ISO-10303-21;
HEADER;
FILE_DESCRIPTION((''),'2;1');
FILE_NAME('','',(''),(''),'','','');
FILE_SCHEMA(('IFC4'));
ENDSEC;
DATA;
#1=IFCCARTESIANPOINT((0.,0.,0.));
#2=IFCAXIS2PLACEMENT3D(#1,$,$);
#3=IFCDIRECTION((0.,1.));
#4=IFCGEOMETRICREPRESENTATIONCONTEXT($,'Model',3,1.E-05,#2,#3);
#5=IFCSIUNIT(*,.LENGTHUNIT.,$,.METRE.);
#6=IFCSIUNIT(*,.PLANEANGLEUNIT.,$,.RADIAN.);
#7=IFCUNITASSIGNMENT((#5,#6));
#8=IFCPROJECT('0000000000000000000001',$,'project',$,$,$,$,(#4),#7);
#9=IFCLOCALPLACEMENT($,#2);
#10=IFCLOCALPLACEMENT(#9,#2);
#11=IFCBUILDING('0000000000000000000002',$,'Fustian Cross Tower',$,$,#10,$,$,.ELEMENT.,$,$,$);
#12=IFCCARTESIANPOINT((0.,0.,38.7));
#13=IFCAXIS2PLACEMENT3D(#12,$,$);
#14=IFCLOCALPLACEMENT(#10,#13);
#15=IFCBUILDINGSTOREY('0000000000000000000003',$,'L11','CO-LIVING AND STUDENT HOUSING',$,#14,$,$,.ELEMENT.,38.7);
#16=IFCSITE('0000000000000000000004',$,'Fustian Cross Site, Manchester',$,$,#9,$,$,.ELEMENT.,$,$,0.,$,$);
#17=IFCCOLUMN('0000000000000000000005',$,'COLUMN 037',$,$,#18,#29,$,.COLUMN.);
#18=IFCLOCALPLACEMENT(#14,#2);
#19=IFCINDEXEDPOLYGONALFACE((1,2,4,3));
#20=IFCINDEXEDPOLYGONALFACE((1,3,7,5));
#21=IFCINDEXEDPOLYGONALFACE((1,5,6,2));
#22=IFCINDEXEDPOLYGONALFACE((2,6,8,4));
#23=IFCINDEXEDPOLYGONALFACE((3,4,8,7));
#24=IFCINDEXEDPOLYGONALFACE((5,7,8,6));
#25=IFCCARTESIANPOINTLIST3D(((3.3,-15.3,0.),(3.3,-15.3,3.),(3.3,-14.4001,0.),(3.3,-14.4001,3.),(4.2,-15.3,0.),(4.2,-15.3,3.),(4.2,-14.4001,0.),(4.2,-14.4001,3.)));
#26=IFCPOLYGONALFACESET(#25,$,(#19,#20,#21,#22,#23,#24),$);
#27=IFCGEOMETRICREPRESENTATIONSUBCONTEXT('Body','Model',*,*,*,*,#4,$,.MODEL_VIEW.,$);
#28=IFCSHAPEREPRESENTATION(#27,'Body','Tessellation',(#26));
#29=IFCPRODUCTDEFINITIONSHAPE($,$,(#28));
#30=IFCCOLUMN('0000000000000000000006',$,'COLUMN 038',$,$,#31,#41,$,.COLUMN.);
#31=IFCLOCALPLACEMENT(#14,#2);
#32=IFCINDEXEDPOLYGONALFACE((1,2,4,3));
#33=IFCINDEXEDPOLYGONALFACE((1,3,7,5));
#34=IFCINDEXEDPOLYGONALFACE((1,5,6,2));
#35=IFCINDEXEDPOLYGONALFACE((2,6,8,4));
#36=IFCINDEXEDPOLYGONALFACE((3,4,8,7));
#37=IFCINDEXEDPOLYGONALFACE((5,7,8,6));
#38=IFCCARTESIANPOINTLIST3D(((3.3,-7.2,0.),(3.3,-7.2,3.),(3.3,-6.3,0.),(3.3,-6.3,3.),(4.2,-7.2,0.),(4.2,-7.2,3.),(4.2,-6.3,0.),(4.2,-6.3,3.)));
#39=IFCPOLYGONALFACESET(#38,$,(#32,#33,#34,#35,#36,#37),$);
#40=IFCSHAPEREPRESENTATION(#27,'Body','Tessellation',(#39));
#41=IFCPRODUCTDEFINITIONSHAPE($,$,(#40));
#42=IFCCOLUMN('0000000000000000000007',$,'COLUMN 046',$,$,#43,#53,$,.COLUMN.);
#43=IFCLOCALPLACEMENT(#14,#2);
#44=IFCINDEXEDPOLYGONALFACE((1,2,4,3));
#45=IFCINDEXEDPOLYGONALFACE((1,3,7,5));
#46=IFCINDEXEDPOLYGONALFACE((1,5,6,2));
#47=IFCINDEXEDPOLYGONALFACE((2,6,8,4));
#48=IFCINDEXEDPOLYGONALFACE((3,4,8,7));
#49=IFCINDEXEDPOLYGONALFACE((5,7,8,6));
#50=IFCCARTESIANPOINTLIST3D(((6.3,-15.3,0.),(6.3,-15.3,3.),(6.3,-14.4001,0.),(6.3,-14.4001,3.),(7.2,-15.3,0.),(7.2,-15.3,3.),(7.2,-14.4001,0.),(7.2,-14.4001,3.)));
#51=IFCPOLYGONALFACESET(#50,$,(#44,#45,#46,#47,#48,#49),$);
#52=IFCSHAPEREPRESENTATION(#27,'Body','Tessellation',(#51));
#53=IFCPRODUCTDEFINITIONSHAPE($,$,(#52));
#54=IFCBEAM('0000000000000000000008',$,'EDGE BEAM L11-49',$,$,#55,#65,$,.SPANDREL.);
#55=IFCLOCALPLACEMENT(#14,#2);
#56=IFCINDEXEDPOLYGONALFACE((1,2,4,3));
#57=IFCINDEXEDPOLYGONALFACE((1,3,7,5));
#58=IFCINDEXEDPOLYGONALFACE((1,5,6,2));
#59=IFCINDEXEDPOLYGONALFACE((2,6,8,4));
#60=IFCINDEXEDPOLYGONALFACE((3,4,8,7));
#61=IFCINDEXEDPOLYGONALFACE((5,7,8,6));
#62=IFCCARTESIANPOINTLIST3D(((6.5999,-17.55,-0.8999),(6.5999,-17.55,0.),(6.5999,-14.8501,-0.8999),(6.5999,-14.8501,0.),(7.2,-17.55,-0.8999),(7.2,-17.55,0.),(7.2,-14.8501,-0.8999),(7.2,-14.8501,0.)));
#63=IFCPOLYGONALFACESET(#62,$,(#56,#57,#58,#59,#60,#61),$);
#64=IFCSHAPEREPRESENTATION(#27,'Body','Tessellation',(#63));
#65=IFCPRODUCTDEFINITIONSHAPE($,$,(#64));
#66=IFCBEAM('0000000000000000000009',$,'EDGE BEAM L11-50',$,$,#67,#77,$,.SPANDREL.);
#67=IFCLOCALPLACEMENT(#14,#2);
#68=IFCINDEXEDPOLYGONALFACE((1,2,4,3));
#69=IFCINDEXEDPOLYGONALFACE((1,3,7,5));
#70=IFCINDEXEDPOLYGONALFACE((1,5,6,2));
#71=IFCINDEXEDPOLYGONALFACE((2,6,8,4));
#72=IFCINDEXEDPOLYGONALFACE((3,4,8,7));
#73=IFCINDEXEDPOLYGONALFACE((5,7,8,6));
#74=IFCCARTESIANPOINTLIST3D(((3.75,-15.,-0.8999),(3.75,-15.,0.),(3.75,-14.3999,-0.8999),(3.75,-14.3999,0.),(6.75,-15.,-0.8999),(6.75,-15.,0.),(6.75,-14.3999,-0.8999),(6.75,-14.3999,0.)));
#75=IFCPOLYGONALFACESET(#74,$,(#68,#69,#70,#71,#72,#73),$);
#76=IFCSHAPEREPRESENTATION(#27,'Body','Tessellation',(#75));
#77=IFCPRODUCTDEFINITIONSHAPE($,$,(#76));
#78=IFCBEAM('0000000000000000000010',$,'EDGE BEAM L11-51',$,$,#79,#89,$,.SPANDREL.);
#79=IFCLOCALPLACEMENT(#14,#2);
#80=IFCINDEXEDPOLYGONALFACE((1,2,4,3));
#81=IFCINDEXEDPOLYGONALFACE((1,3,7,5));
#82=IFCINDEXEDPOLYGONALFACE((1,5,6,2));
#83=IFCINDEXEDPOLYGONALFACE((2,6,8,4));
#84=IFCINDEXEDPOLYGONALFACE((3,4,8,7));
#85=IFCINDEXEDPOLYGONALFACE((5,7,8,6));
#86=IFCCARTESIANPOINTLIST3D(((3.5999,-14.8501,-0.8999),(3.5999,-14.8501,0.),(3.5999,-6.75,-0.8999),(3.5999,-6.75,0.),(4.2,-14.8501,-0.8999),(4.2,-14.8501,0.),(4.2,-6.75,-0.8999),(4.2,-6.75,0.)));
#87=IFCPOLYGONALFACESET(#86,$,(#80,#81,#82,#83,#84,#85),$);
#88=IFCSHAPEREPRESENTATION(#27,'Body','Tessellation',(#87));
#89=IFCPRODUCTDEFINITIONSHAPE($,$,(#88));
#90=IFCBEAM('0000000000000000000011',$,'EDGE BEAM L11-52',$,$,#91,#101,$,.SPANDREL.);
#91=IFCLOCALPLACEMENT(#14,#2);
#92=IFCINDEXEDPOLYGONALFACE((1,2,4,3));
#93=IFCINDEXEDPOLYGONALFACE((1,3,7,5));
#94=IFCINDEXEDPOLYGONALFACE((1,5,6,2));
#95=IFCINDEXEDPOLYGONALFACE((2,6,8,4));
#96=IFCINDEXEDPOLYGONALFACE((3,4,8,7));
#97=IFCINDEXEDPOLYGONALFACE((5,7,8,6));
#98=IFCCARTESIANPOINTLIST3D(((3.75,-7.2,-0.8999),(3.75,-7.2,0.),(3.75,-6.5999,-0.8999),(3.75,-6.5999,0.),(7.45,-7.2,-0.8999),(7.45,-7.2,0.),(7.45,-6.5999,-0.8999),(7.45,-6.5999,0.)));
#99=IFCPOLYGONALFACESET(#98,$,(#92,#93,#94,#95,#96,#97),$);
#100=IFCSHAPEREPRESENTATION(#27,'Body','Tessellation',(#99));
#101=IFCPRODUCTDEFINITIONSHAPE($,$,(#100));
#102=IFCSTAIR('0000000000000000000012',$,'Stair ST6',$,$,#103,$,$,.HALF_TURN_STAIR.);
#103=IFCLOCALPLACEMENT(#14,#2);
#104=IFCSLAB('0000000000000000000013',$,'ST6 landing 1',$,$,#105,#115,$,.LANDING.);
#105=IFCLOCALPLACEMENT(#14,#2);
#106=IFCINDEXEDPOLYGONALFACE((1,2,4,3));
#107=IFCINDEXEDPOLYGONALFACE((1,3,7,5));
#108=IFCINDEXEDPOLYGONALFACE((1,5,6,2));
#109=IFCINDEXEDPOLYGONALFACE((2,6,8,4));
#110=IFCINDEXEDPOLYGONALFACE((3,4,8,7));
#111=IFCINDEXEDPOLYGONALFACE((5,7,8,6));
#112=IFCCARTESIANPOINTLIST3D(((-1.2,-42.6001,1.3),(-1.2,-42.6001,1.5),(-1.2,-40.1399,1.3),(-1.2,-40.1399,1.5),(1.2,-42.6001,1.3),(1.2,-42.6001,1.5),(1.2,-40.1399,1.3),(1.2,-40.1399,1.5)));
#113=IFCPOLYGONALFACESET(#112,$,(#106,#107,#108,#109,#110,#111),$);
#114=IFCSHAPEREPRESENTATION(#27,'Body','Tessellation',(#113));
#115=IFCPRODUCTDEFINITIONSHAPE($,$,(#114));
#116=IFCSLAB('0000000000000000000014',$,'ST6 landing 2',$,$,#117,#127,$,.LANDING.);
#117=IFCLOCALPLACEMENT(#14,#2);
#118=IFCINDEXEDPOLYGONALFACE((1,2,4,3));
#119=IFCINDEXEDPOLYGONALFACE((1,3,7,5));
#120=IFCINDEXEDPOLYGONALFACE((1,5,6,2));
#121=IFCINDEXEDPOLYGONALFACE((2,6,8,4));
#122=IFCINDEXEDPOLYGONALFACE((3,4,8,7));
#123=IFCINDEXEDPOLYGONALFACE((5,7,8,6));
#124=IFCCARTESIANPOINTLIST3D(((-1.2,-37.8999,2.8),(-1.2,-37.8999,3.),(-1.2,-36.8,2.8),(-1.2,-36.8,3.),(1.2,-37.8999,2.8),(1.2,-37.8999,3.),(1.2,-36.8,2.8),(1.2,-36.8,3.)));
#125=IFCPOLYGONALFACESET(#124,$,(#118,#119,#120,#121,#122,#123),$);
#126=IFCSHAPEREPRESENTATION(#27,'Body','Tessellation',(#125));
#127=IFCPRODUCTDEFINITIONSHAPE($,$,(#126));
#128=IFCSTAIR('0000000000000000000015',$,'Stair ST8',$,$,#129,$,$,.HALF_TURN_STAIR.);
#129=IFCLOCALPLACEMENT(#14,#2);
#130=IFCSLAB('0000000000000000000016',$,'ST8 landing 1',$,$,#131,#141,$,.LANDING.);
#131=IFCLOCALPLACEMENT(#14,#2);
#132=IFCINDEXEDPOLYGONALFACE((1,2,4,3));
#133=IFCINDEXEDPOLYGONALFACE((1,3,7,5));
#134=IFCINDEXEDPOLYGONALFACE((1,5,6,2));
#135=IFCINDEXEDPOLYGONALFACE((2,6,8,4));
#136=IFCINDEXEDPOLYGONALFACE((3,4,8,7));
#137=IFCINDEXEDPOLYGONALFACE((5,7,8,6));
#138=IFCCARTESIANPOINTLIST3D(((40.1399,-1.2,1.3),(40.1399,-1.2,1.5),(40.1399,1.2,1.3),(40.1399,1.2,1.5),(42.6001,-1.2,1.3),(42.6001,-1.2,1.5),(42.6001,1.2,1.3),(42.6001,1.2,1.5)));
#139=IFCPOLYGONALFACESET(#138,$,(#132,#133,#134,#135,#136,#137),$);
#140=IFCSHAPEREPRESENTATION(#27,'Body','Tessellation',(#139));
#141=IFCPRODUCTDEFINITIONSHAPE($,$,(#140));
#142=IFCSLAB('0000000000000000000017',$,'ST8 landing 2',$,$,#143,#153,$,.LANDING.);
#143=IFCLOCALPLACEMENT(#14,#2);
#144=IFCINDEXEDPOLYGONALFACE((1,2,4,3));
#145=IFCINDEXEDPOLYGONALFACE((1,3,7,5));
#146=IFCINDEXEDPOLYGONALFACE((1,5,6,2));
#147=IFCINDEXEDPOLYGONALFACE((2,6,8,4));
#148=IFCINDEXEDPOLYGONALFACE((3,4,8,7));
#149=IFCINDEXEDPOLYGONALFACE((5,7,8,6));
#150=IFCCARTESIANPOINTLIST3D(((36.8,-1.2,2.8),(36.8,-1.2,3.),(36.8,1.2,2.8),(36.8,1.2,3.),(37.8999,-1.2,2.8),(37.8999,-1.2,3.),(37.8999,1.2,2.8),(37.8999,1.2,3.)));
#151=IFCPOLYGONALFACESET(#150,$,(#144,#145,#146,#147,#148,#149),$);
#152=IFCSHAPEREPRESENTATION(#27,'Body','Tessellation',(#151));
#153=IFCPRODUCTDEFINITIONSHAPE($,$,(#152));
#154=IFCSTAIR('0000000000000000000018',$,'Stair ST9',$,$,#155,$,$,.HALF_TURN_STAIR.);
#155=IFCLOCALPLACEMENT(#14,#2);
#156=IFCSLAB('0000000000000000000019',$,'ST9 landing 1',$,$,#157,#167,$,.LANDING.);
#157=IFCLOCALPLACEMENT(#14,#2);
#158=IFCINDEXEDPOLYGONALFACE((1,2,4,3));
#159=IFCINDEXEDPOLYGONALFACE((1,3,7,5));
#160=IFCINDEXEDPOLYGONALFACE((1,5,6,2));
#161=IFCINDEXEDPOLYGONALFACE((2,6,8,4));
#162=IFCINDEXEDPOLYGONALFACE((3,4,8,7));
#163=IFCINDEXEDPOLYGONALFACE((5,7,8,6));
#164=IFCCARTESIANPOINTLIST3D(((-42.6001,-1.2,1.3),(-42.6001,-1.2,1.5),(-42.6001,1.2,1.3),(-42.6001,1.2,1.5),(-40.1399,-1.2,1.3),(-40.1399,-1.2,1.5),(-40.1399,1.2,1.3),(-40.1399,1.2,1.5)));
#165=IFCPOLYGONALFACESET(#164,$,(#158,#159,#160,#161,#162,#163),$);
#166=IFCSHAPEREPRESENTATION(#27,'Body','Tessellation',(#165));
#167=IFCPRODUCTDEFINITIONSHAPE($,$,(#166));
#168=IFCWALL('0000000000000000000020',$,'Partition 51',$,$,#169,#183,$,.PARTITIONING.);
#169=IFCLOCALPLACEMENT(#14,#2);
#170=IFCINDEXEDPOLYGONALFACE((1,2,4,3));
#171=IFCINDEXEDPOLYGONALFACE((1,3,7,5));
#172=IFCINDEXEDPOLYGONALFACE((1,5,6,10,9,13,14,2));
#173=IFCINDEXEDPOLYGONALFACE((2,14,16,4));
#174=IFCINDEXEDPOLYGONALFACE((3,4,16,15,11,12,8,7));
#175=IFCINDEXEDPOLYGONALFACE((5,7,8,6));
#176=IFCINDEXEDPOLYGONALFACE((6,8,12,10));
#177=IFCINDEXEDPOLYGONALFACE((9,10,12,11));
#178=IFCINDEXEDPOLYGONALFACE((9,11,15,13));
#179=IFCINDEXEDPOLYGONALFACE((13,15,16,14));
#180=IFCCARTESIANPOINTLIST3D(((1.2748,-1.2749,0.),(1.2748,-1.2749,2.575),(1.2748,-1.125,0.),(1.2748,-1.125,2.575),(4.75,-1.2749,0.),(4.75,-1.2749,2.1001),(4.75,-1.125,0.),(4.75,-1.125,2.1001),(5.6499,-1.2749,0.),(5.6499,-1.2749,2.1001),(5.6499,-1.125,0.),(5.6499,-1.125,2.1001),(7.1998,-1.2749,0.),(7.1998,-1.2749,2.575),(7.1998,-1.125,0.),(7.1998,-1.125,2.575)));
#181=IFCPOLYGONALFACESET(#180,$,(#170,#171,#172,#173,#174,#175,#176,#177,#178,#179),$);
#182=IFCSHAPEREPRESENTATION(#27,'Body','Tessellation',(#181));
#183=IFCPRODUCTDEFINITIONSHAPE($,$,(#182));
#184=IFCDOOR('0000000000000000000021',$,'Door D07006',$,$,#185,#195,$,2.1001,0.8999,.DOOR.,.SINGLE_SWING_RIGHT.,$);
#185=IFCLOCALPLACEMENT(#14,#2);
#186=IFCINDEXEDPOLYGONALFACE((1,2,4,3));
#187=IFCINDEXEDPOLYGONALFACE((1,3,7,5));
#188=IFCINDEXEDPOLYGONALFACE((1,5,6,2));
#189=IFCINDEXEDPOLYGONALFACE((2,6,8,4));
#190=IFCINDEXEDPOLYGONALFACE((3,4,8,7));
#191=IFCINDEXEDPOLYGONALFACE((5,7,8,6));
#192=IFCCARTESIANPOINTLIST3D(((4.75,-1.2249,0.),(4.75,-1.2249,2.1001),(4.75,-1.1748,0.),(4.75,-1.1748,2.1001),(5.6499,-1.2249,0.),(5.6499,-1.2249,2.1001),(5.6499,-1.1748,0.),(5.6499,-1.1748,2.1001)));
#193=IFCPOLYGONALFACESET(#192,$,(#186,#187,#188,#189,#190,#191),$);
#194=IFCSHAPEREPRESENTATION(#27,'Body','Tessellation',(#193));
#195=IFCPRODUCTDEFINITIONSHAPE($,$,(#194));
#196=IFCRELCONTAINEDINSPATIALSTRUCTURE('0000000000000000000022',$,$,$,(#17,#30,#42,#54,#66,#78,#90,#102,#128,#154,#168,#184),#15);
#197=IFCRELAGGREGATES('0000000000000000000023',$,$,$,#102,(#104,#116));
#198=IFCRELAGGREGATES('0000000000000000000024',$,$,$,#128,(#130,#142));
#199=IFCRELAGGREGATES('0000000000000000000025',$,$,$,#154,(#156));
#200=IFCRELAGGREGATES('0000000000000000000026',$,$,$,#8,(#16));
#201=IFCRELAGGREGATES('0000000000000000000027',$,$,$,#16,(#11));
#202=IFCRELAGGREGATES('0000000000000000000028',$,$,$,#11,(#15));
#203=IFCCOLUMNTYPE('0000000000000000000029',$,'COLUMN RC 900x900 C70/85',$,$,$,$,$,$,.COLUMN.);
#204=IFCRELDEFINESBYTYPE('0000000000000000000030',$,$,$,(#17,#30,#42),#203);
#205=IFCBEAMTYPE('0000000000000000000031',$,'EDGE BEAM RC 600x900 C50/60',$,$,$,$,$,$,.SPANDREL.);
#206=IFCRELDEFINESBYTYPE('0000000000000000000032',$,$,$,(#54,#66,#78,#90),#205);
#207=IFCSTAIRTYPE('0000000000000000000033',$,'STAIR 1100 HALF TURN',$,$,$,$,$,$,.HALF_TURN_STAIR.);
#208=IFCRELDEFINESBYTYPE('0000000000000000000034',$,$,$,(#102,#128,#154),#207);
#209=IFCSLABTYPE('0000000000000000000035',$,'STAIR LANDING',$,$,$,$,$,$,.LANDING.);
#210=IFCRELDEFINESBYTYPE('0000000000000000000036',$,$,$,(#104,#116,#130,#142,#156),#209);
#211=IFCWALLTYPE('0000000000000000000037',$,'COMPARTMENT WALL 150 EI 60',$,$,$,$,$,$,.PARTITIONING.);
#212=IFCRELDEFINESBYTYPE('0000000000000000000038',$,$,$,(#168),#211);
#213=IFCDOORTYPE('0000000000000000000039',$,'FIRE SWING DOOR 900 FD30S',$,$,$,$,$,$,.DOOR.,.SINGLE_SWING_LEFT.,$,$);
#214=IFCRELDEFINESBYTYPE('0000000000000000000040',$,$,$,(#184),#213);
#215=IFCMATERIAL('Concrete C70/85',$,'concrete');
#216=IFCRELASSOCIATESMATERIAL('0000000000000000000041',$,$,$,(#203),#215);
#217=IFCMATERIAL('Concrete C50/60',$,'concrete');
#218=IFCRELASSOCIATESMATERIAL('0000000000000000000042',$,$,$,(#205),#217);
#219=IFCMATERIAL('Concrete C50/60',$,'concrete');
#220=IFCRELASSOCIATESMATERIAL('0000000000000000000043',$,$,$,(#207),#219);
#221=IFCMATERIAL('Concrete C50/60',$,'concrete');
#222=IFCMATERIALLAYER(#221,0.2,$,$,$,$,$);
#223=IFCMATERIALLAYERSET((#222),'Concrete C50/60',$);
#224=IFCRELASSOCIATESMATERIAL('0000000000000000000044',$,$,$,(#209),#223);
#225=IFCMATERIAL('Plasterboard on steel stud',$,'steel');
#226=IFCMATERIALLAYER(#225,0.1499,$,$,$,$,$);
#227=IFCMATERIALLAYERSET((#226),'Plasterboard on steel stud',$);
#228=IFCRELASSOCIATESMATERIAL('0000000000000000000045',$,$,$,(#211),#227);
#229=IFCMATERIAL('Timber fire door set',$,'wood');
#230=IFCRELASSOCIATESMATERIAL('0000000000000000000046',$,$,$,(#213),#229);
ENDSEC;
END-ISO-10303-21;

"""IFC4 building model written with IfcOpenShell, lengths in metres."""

from ifc_helpers import new_model, si_unit, direction, frame, frame_2d, origin, origin_2d, place, context, subcontext, project, spatial, polyline, rectangle, outline, extrude, material, layer, layer_set, material_profile, profile_set, type_object, element, fill, aggregate, save


model = new_model("IFC4")

# Units and contexts
model_context = context("Model", 3, precision=1e-05, world=origin(), true_north=direction((0.0, 1.0)))
body_context = subcontext(model_context, "Body", "Model", "MODEL_VIEW")
ifc_project = project(units=[si_unit("LENGTHUNIT", "METRE"), si_unit("PLANEANGLEUNIT", "RADIAN")], contexts=[model_context])

# Site, building, storey
site_placement = place(None, origin())
site = spatial("IfcSite", under=ifc_project, at=site_placement, Name="Fustian Cross Site, Manchester", CompositionType="ELEMENT", RefElevation=0.0)
building_placement = place(site_placement, origin())
building = spatial("IfcBuilding", under=site, at=building_placement, Name="Fustian Cross Tower", CompositionType="ELEMENT")
storey_placement = place(building_placement, frame((0.0, 0.0, 38.7)))
storey = spatial("IfcBuildingStorey", under=building, at=storey_placement, Name="L11", Description="CO-LIVING AND STUDENT HOUSING", CompositionType="ELEMENT", Elevation=38.7)

# Columns
ifc_material_1 = material(Name="Concrete C70/85", Category="concrete")
ifc_material_profile_1 = material_profile(ifc_material_1, rectangle(XDim=0.8999, YDim=0.8999, at=origin_2d()), Name="RC 900x900")
ifc_profile_set_1 = profile_set([ifc_material_profile_1], Name="Concrete C70/85")
column_type = type_object("IfcColumnType", Name="COLUMN RC 900x900 C70/85", PredefinedType="COLUMN", material=ifc_profile_set_1)
for number, where, z_axis, x_axis, name in (
    (1, (3.75, -14.8501, 0.0), (0.0, 0.0, 1.0), (1.0, 0.0, 0.0), "COLUMN 037"),
    (2, (3.75, -6.75, 0.0), (0.0, 0.0, 1.0), (1.0, 0.0, 0.0), "COLUMN 038"),
    (3, (6.75, -14.8501, 0.0), (0.0, 0.0, 1.0), (1.0, 0.0, 0.0), "COLUMN 046"),
):
    element("IfcColumn", number, at=place(storey_placement, frame(where, z_axis=z_axis, x_axis=x_axis)), inside=storey, type_object=column_type, Name=name, PredefinedType="COLUMN", context=body_context, shape_type="SweptSolid", body=[
        extrude(rectangle(XDim=0.8999, YDim=0.8999, at=origin_2d()), origin(), (0.0, 0.0, 1.0), 3.0),
    ])

# Beams
ifc_material_2 = material(Name="Concrete C50/60", Category="concrete")
ifc_material_profile_2 = material_profile(ifc_material_2, rectangle(XDim=0.6001, YDim=0.8999, at=origin_2d()), Name="RC 600x900")
ifc_profile_set_2 = profile_set([ifc_material_profile_2], Name="Concrete C50/60")
beam_type = type_object("IfcBeamType", Name="EDGE BEAM RC 600x900 C50/60", PredefinedType="SPANDREL", material=ifc_profile_set_2)
beam_1_placement = place(storey_placement, frame((6.8999, -17.55, -0.45), z_axis=(0.0, 1.0, 0.0), x_axis=(-1.0, 0.0, 0.0)))
element("IfcBeam", 4, at=beam_1_placement, inside=storey, type_object=beam_type, Name="EDGE BEAM L11-49", PredefinedType="SPANDREL", context=body_context, shape_type="SweptSolid", body=[
    extrude(rectangle(XDim=0.6001, YDim=0.8999, at=origin_2d()), origin(), (0.0, 0.0, 1.0), 2.7),
])
beam_2_placement = place(storey_placement, frame((6.75, -14.7, -0.45), z_axis=(-1.0, 0.0, 0.0), x_axis=(0.0, -1.0, 0.0)))
element("IfcBeam", 5, at=beam_2_placement, inside=storey, type_object=beam_type, Name="EDGE BEAM L11-50", PredefinedType="SPANDREL", context=body_context, shape_type="SweptSolid", body=[
    extrude(rectangle(XDim=0.6001, YDim=0.8999, at=origin_2d()), origin(), (0.0, 0.0, 1.0), 3.0),
])
beam_3_placement = place(storey_placement, frame((3.8999, -14.8501, -0.45), z_axis=(0.0, 1.0, 0.0), x_axis=(-1.0, 0.0, 0.0)))
element("IfcBeam", 6, at=beam_3_placement, inside=storey, type_object=beam_type, Name="EDGE BEAM L11-51", PredefinedType="SPANDREL", context=body_context, shape_type="SweptSolid", body=[
    extrude(rectangle(XDim=0.6001, YDim=0.8999, at=origin_2d()), origin(), (0.0, 0.0, 1.0), 8.1001),
])
beam_4_placement = place(storey_placement, frame((3.75, -6.8999, -0.45), z_axis=(1.0, 0.0, 0.0), x_axis=(0.0, 1.0, 0.0)))
element("IfcBeam", 7, at=beam_4_placement, inside=storey, type_object=beam_type, Name="EDGE BEAM L11-52", PredefinedType="SPANDREL", context=body_context, shape_type="SweptSolid", body=[
    extrude(rectangle(XDim=0.6001, YDim=0.8999, at=origin_2d()), origin(), (0.0, 0.0, 1.0), 3.7),
])

# Stairs, slabs
ifc_material_3 = material(Name="Concrete C50/60", Category="concrete")
stair_type = type_object("IfcStairType", Name="STAIR 1100 HALF TURN", PredefinedType="HALF_TURN_STAIR", material=ifc_material_3)
stair_1_placement = place(storey_placement, origin())
stair_1 = element("IfcStair", 8, at=stair_1_placement, inside=storey, type_object=stair_type, Name="Stair ST6", PredefinedType="HALF_TURN_STAIR")
ifc_material_4 = material(Name="Concrete C50/60", Category="concrete")
ifc_layer_1 = layer(ifc_material_4, 0.2)
ifc_layer_set_1 = layer_set([ifc_layer_1], Name="Concrete C50/60")
slab_type = type_object("IfcSlabType", Name="STAIR LANDING", PredefinedType="LANDING", material=ifc_layer_set_1)
slab_1_placement = place(storey_placement, frame((0.0, 0.0, 1.3)))
slab_1 = element("IfcSlab", 9, at=slab_1_placement, type_object=slab_type, Name="ST6 landing 1", PredefinedType="LANDING", context=body_context, shape_type="SweptSolid", body=[
    extrude(outline(polyline([(-1.2, -40.1399), (-1.2, -42.6001), (1.2, -42.6001), (1.2, -40.1399), (-1.2, -40.1399)])), origin(), (0.0, 0.0, 1.0), 0.2),
])
slab_2_placement = place(storey_placement, frame((0.0, 0.0, 2.8)))
slab_2 = element("IfcSlab", 10, at=slab_2_placement, type_object=slab_type, Name="ST6 landing 2", PredefinedType="LANDING", context=body_context, shape_type="SweptSolid", body=[
    extrude(outline(polyline([(-1.2, -36.8), (-1.2, -37.8999), (1.2, -37.8999), (1.2, -36.8), (-1.2, -36.8)])), origin(), (0.0, 0.0, 1.0), 0.2),
])
aggregate(stair_1, [slab_1, slab_2])
stair_2_placement = place(storey_placement, origin())
stair_2 = element("IfcStair", 11, at=stair_2_placement, inside=storey, type_object=stair_type, Name="Stair ST8", PredefinedType="HALF_TURN_STAIR")
slab_3_placement = place(storey_placement, frame((0.0, 0.0, 1.3)))
slab_3 = element("IfcSlab", 12, at=slab_3_placement, type_object=slab_type, Name="ST8 landing 1", PredefinedType="LANDING", context=body_context, shape_type="SweptSolid", body=[
    extrude(outline(polyline([(40.1399, -1.2), (42.6001, -1.2), (42.6001, 1.2), (40.1399, 1.2), (40.1399, -1.2)])), origin(), (0.0, 0.0, 1.0), 0.2),
])
slab_4_placement = place(storey_placement, frame((0.0, 0.0, 2.8)))
slab_4 = element("IfcSlab", 13, at=slab_4_placement, type_object=slab_type, Name="ST8 landing 2", PredefinedType="LANDING", context=body_context, shape_type="SweptSolid", body=[
    extrude(outline(polyline([(36.8, -1.2), (37.8999, -1.2), (37.8999, 1.2), (36.8, 1.2), (36.8, -1.2)])), origin(), (0.0, 0.0, 1.0), 0.2),
])
aggregate(stair_2, [slab_3, slab_4])

# Stair, slab
stair_3_placement = place(storey_placement, origin())
stair_3 = element("IfcStair", 14, at=stair_3_placement, inside=storey, type_object=stair_type, Name="Stair ST9", PredefinedType="HALF_TURN_STAIR")
slab_5_placement = place(storey_placement, frame((0.0, 0.0, 1.3)))
slab_5 = element("IfcSlab", 15, at=slab_5_placement, type_object=slab_type, Name="ST9 landing 1", PredefinedType="LANDING", context=body_context, shape_type="SweptSolid", body=[
    extrude(outline(polyline([(-40.1399, -1.2), (-42.6001, -1.2), (-42.6001, 1.2), (-40.1399, 1.2), (-40.1399, -1.2)])), origin(), (0.0, 0.0, 1.0), 0.2),
])
aggregate(stair_3, [slab_5])

# Wall, opening, door
ifc_material_5 = material(Name="Plasterboard on steel stud", Category="steel")
ifc_layer_2 = layer(ifc_material_5, 0.1499)
ifc_layer_set_2 = layer_set([ifc_layer_2], Name="Plasterboard on steel stud")
wall_type_1 = type_object("IfcWallType", Name="COMPARTMENT WALL 150 EI 60", PredefinedType="PARTITIONING", material=ifc_layer_set_2)
wall_1_placement = place(storey_placement, frame((1.2749, -1.2, 0.0), z_axis=(0.0, 0.0, 1.0), x_axis=(1.0, 0.0, 0.0)))
wall_1 = element("IfcWall", 16, at=wall_1_placement, inside=storey, type_object=wall_type_1, Name="Partition 51", PredefinedType="PARTITIONING", context=body_context, shape_type="SweptSolid", body=[
    extrude(rectangle(XDim=5.925, YDim=0.1499, at=frame_2d((2.9624, 0.0))), origin(), (0.0, 0.0, 1.0), 2.575),
])
opening_1_placement = place(wall_1_placement, frame((3.4751, 0.0, 0.0)))
opening_1 = element("IfcOpeningElement", 17, at=opening_1_placement, cuts=wall_1, PredefinedType="OPENING", context=body_context, shape_type="SweptSolid", body=[
    extrude(rectangle(XDim=0.8999, YDim=2.1001, at=frame_2d((0.45, 1.05))), frame((0.0, 0.085, 0.0), z_axis=(0.0, -1.0, 0.0), x_axis=(1.0, 0.0, 0.0)), (0.0, 0.0, 1.0), 0.1699),
])
ifc_material_6 = material(Name="Timber fire door set", Category="wood")
door_type_1 = type_object("IfcDoorType", Name="FIRE SWING DOOR 900 FD30S", OperationType="SINGLE_SWING_LEFT", PredefinedType="DOOR", material=ifc_material_6)
door_1_placement = place(opening_1_placement, frame((0.8999, 0.0, 0.0), z_axis=(0.0, 0.0, 1.0), x_axis=(-1.0, 0.0, 0.0)))
door_1 = element("IfcDoor", 18, at=door_1_placement, inside=storey, type_object=door_type_1, Name="Door D07006", OperationType="SINGLE_SWING_RIGHT", OverallHeight=2.1001, OverallWidth=0.8999, PredefinedType="DOOR", context=body_context, shape_type="SweptSolid", body=[
    extrude(rectangle(XDim=0.8999, YDim=2.1001, at=frame_2d((0.45, 1.05))), frame((0.0, 0.0249, 0.0), z_axis=(0.0, -1.0, 0.0), x_axis=(1.0, 0.0, 0.0)), (0.0, 0.0, 1.0), 0.05),
])
fill(opening_1, door_1)

save(model, "model.ifc")
